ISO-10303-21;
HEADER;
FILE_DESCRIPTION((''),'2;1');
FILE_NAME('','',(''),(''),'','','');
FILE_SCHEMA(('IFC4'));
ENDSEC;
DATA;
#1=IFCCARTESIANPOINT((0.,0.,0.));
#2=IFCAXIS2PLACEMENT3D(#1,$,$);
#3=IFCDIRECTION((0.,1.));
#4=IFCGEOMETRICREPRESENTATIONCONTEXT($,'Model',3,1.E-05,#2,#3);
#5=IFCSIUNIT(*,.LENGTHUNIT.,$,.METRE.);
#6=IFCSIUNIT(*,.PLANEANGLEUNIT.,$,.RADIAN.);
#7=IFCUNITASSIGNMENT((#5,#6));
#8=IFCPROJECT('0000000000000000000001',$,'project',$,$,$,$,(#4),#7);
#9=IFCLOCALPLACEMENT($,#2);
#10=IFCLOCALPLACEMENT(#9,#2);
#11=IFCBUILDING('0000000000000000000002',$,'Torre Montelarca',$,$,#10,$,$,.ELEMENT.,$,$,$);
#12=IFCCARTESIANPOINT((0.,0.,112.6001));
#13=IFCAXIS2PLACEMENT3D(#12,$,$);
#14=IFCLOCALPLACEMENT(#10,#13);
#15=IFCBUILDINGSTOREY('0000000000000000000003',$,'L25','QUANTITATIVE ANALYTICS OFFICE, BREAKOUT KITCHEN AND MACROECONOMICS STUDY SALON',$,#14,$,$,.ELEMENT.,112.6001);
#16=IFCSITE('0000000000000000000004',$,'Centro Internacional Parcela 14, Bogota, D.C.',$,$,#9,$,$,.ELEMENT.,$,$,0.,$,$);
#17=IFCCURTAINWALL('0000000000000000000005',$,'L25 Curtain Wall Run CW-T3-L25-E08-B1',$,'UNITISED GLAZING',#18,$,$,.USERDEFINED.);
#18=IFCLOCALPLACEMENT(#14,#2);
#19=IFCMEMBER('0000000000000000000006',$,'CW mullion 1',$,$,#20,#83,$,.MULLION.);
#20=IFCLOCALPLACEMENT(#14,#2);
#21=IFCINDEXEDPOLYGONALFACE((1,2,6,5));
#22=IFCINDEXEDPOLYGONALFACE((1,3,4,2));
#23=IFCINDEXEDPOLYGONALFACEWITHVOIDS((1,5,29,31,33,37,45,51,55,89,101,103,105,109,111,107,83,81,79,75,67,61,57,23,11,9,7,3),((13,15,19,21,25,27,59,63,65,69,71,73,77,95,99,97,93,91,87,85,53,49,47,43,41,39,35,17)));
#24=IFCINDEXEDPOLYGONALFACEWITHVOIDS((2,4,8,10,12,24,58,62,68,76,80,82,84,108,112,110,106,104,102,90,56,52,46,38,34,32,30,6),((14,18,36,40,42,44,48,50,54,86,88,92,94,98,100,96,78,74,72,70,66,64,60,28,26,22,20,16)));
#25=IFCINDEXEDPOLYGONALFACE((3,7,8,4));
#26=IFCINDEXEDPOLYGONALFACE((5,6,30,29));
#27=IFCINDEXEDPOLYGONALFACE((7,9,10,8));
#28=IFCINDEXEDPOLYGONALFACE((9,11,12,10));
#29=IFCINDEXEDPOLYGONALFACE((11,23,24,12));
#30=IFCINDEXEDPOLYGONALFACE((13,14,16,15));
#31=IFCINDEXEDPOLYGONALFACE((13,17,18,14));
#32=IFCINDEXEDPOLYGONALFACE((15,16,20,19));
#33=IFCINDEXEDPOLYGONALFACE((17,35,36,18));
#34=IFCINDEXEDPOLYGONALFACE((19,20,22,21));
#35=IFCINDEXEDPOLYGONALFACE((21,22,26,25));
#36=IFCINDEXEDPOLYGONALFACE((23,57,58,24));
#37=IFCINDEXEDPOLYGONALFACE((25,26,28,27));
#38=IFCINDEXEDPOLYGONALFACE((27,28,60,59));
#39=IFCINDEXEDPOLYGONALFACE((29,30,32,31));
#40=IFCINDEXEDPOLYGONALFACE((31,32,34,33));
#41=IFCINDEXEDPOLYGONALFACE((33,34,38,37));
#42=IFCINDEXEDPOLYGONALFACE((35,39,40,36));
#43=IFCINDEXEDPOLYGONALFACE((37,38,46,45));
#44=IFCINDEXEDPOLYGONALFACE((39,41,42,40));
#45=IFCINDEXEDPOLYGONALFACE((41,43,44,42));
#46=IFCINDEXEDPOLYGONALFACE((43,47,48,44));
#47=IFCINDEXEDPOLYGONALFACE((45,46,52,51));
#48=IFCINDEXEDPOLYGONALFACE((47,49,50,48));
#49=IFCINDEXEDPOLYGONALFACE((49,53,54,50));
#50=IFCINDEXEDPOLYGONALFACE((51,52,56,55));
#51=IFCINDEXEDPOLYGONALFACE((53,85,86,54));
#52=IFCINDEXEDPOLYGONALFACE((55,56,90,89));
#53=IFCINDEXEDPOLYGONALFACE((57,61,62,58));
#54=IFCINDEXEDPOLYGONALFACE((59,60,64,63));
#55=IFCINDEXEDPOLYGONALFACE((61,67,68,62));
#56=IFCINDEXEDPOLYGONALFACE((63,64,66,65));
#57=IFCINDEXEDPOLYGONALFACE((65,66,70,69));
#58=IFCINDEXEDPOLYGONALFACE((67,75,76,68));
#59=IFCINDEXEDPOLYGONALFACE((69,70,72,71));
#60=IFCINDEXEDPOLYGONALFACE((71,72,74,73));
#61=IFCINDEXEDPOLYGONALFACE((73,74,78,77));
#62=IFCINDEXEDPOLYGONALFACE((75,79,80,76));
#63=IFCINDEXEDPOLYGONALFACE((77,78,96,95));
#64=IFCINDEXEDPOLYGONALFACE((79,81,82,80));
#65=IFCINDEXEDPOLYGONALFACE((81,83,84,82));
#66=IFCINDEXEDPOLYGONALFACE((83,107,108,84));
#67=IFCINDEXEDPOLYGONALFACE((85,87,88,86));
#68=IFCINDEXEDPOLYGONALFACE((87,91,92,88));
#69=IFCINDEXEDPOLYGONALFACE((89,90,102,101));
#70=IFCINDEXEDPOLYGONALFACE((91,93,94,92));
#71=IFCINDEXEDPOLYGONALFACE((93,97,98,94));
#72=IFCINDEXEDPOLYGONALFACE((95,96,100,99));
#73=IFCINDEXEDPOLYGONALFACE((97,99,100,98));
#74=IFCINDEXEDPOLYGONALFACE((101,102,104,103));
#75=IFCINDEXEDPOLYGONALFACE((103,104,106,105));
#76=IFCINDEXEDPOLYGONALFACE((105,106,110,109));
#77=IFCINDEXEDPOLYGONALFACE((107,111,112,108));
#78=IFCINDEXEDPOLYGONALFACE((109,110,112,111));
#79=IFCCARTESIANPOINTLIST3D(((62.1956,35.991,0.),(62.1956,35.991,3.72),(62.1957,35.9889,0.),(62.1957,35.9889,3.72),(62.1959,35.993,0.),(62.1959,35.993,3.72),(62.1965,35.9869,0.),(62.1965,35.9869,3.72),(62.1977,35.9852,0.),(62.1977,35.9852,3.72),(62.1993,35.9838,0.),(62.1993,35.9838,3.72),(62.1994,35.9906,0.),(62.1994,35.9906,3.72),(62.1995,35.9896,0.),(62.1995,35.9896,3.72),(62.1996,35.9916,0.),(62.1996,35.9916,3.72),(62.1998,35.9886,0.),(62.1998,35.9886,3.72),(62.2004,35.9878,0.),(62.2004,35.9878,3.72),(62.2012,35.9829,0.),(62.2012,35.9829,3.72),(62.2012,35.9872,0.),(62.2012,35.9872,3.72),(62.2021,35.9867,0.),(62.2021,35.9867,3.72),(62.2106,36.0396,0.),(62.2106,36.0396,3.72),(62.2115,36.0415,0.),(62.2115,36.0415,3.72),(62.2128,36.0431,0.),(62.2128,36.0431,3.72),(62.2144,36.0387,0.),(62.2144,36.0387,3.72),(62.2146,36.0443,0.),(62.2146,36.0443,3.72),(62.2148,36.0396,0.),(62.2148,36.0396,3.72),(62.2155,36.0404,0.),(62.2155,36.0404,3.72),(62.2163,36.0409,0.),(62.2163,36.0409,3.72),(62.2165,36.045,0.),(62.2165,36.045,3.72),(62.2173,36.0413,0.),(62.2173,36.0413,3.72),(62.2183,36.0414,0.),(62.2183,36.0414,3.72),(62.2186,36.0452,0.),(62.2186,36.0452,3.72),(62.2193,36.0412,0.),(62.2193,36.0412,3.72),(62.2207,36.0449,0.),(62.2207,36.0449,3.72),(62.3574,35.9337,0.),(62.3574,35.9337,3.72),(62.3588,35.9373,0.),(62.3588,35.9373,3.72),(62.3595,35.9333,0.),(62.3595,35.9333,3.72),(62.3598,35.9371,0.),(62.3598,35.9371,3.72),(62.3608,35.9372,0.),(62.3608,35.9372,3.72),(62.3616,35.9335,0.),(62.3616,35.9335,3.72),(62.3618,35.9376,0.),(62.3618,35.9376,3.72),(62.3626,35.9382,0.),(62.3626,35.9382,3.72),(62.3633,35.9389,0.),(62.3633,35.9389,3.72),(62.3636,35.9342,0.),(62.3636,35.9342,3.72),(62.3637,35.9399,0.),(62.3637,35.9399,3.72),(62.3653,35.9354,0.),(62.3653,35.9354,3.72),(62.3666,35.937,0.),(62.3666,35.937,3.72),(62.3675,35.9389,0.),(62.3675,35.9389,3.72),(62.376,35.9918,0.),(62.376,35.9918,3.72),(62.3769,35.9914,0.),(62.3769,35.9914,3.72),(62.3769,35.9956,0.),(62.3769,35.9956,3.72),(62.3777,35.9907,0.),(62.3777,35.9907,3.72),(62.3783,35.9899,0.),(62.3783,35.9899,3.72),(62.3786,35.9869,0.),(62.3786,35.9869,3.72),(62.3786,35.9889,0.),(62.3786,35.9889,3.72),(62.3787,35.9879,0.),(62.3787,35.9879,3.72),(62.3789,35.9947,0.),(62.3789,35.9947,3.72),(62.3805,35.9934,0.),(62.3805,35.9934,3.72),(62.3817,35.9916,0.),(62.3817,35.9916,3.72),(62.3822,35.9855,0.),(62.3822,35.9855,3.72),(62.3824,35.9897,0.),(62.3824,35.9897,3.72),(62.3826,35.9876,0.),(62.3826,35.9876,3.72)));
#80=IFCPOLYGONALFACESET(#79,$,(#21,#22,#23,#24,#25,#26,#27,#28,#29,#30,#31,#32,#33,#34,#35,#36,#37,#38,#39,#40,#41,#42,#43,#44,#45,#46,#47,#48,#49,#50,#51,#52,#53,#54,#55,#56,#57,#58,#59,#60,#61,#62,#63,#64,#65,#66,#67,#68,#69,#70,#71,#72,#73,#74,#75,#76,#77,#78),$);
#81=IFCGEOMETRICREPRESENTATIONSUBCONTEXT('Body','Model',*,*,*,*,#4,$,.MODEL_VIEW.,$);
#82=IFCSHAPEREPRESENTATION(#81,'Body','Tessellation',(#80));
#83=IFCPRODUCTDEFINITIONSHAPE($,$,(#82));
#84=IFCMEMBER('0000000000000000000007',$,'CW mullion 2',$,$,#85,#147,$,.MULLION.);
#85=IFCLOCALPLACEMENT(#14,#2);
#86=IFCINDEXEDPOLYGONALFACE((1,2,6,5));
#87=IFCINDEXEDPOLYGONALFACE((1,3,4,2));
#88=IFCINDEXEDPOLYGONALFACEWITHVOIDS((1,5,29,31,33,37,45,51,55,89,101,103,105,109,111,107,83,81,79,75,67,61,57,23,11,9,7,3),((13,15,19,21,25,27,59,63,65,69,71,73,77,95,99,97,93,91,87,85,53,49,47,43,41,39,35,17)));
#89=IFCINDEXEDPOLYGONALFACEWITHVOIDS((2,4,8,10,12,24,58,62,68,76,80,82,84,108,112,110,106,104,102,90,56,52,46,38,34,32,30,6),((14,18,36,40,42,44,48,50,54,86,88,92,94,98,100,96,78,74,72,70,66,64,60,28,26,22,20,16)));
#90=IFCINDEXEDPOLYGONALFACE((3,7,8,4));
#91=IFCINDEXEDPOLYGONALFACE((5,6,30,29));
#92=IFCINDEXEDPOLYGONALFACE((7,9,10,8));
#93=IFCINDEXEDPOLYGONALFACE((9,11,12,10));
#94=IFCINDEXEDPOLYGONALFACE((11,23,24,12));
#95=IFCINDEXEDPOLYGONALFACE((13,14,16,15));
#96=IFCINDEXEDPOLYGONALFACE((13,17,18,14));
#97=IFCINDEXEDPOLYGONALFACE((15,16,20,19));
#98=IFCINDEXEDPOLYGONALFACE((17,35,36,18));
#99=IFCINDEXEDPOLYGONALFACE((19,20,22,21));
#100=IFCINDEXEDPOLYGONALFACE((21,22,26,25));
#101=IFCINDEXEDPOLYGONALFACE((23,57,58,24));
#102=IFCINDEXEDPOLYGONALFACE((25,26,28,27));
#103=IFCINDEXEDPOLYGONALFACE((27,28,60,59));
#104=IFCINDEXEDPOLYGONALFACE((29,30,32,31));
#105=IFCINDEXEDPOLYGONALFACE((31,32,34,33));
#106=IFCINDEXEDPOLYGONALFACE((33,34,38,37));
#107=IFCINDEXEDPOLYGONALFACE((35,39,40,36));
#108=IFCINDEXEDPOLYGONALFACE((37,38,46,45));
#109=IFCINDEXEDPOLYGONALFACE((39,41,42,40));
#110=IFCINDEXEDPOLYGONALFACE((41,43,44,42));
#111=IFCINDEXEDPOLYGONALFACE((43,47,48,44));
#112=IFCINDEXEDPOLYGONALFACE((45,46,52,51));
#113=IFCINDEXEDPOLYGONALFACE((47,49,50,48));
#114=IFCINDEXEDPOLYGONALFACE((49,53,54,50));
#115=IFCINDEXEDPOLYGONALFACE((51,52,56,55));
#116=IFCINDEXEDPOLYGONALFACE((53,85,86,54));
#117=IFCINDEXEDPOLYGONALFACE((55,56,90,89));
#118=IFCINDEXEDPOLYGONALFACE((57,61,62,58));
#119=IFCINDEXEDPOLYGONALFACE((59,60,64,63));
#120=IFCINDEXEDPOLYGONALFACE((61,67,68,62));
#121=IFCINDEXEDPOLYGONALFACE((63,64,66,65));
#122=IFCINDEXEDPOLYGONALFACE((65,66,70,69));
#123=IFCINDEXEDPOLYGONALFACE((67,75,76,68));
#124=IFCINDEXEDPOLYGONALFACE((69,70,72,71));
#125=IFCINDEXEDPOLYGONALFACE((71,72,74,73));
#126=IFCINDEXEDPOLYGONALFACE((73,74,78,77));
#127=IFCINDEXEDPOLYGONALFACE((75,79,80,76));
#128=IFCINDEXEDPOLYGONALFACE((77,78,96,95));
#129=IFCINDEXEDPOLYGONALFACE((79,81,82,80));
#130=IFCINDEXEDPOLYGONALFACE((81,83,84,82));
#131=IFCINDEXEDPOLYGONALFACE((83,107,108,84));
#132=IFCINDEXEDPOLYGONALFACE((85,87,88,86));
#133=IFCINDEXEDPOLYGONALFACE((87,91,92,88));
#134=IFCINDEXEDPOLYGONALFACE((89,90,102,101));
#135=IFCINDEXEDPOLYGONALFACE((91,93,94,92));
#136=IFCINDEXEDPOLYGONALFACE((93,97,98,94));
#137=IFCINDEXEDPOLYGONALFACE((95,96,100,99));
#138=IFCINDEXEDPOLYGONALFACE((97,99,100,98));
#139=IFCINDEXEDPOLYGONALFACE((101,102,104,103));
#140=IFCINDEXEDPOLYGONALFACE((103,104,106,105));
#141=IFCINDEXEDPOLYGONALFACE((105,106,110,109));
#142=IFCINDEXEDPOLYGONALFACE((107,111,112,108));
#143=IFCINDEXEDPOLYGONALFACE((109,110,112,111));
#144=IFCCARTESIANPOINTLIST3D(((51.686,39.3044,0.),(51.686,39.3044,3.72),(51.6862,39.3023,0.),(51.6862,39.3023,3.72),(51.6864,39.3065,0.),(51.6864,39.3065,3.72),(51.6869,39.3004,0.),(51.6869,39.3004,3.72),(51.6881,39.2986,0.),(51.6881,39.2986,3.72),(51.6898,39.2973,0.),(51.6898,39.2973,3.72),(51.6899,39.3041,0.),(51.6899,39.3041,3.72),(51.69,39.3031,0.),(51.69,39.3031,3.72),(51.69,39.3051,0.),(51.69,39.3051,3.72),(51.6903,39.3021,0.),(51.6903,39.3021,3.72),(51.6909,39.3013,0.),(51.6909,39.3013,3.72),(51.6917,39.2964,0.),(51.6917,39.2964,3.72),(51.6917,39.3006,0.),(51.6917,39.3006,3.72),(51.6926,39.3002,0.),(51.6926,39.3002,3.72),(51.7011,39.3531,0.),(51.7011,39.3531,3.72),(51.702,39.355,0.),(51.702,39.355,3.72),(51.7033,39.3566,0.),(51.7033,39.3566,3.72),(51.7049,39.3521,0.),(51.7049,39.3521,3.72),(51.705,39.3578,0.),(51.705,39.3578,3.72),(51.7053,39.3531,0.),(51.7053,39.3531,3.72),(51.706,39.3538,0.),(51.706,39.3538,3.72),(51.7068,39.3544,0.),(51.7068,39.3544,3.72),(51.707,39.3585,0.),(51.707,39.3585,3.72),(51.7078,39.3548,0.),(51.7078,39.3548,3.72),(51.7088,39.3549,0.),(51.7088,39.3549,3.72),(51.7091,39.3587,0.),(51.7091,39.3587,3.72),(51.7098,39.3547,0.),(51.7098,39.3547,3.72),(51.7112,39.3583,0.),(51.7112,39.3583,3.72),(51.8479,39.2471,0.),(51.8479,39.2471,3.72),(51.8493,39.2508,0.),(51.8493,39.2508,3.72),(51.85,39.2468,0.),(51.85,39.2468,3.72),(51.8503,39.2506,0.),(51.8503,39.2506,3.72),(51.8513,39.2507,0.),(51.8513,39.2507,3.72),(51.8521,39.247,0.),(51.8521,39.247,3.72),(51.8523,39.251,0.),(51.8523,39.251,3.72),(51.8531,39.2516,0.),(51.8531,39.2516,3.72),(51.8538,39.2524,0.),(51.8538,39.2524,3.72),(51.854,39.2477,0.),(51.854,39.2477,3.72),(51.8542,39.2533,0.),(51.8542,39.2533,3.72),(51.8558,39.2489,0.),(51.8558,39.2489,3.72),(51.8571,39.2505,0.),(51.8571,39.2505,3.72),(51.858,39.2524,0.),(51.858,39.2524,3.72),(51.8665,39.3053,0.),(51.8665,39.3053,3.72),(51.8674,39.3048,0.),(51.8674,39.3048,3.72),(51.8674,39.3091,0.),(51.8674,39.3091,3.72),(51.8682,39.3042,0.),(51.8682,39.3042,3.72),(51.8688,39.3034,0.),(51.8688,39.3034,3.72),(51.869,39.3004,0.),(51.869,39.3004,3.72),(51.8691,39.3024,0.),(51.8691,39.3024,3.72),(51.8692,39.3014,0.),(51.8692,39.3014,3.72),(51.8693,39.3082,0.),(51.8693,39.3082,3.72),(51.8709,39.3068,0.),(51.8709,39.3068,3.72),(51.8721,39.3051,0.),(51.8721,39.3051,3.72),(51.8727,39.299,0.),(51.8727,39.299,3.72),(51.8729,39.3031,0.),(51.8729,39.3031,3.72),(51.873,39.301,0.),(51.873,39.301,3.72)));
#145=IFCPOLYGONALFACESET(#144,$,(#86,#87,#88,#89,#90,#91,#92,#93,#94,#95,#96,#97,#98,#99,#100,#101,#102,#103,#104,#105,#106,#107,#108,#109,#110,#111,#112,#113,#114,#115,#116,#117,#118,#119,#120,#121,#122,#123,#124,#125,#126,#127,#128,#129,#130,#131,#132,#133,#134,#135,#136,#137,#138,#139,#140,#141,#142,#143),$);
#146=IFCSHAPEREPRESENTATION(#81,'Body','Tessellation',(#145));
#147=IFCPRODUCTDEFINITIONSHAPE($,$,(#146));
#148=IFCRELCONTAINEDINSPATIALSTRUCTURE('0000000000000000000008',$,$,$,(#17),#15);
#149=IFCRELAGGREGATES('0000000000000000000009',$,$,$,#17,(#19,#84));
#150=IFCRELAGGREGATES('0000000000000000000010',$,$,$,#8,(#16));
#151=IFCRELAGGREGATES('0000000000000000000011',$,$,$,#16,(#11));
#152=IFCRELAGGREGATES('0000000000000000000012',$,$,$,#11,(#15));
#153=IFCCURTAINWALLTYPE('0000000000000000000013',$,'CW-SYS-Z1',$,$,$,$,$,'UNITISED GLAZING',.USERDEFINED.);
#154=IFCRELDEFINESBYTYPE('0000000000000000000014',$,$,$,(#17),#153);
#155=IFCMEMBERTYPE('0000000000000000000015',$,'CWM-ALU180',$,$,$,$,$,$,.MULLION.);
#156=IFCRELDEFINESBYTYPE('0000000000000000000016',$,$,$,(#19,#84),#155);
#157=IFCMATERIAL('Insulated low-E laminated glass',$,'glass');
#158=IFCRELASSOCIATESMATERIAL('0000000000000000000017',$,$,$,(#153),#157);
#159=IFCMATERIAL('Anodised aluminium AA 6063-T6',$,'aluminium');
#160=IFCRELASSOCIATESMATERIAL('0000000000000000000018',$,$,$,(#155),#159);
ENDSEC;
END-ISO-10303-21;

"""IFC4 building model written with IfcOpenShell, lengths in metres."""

from ifc_helpers import new_model, si_unit, direction, frame, origin, origin_2d, place, context, subcontext, project, spatial, hollow_rectangle, extrude, source, transform, mapped, material, material_profile, profile_set, type_object, element, aggregate, save


model = new_model("IFC4")

# Units and contexts
model_context = context("Model", 3, precision=1e-05, world=origin(), true_north=direction((0.0, 1.0)))
body_context = subcontext(model_context, "Body", "Model", "MODEL_VIEW")
ifc_project = project(units=[si_unit("LENGTHUNIT", "METRE"), si_unit("PLANEANGLEUNIT", "RADIAN")], contexts=[model_context])

# Site, building, storey
site_placement = place(None, origin())
site = spatial("IfcSite", under=ifc_project, at=site_placement, Name="Centro Internacional Parcela 14, Bogota, D.C.", CompositionType="ELEMENT", RefElevation=0.0)
building_placement = place(site_placement, origin())
building = spatial("IfcBuilding", under=site, at=building_placement, Name="Torre Montelarca", CompositionType="ELEMENT")
storey_placement = place(building_placement, frame((0.0, 0.0, 112.6001)))
storey = spatial("IfcBuildingStorey", under=building, at=storey_placement, Name="L25", Description="QUANTITATIVE ANALYTICS OFFICE, BREAKOUT KITCHEN AND MACROECONOMICS STUDY SALON", CompositionType="ELEMENT", Elevation=112.6001)

# Curtain wall
ifc_material_1 = material(Name="Insulated low-E laminated glass", Category="glass")
curtain_wall_type = type_object("IfcCurtainWallType", Name="CW-SYS-Z1", ElementType="UNITISED GLAZING", PredefinedType="USERDEFINED", material=ifc_material_1)
ifc_material_2 = material(Name="Anodised aluminium AA 6063-T6", Category="aluminium")
curtain_wall_1_placement = place(storey_placement, origin())
curtain_wall_1 = element("IfcCurtainWall", 1, at=curtain_wall_1_placement, inside=storey, type_object=curtain_wall_type, Name="L25 Curtain Wall Run CW-T3-L25-E08-B1", ObjectType="UNITISED GLAZING", PredefinedType="USERDEFINED")

# Shared definitions
ifc_material_profile_1 = material_profile(ifc_material_2, hollow_rectangle(XDim=0.0649, YDim=0.1799, WallThickness=0.0039, InnerFilletRadius=0.0039, OuterFilletRadius=0.0081, at=origin_2d()), Name="ALU65X180X4", Category="aluminium")
ifc_profile_set_1 = profile_set([ifc_material_profile_1], Name="Anodised aluminium AA 6063-T6")
member_type_1 = type_object("IfcMemberType", Name="CWM-ALU180", PredefinedType="MULLION", material=ifc_profile_set_1)
shared_shape_1 = source(origin(), body_context, "Body", "SweptSolid", [
    extrude(hollow_rectangle(XDim=0.0649, YDim=0.1799, WallThickness=0.0039, InnerFilletRadius=0.0039, OuterFilletRadius=0.0081, at=origin_2d()), origin(), (0.0, 0.0, 1.0), 3.72),
])

# Members
member_1_placement = place(storey_placement, frame((62.2891, 35.9893, 0.0), z_axis=(0.0, 0.0, 1.0), x_axis=(-0.300703, -0.953718, 0.0)))
member_1 = element("IfcMember", 2, at=member_1_placement, type_object=member_type_1, Name="CW mullion 1", PredefinedType="MULLION", context=body_context, shape_type="MappedRepresentation", body=[
    mapped(shared_shape_1, transform((0.0, 0.0, 0.0), scale=1.0)),
])
member_2_placement = place(storey_placement, frame((51.7795, 39.3027, 0.0), z_axis=(0.0, 0.0, 1.0), x_axis=(-0.300703, -0.953718, 0.0)))
member_2 = element("IfcMember", 3, at=member_2_placement, type_object=member_type_1, Name="CW mullion 2", PredefinedType="MULLION", context=body_context, shape_type="MappedRepresentation", body=[
    mapped(shared_shape_1, transform((0.0, 0.0, 0.0), scale=1.0)),
])

aggregate(curtain_wall_1, [member_1, member_2])

save(model, "model.ifc")
